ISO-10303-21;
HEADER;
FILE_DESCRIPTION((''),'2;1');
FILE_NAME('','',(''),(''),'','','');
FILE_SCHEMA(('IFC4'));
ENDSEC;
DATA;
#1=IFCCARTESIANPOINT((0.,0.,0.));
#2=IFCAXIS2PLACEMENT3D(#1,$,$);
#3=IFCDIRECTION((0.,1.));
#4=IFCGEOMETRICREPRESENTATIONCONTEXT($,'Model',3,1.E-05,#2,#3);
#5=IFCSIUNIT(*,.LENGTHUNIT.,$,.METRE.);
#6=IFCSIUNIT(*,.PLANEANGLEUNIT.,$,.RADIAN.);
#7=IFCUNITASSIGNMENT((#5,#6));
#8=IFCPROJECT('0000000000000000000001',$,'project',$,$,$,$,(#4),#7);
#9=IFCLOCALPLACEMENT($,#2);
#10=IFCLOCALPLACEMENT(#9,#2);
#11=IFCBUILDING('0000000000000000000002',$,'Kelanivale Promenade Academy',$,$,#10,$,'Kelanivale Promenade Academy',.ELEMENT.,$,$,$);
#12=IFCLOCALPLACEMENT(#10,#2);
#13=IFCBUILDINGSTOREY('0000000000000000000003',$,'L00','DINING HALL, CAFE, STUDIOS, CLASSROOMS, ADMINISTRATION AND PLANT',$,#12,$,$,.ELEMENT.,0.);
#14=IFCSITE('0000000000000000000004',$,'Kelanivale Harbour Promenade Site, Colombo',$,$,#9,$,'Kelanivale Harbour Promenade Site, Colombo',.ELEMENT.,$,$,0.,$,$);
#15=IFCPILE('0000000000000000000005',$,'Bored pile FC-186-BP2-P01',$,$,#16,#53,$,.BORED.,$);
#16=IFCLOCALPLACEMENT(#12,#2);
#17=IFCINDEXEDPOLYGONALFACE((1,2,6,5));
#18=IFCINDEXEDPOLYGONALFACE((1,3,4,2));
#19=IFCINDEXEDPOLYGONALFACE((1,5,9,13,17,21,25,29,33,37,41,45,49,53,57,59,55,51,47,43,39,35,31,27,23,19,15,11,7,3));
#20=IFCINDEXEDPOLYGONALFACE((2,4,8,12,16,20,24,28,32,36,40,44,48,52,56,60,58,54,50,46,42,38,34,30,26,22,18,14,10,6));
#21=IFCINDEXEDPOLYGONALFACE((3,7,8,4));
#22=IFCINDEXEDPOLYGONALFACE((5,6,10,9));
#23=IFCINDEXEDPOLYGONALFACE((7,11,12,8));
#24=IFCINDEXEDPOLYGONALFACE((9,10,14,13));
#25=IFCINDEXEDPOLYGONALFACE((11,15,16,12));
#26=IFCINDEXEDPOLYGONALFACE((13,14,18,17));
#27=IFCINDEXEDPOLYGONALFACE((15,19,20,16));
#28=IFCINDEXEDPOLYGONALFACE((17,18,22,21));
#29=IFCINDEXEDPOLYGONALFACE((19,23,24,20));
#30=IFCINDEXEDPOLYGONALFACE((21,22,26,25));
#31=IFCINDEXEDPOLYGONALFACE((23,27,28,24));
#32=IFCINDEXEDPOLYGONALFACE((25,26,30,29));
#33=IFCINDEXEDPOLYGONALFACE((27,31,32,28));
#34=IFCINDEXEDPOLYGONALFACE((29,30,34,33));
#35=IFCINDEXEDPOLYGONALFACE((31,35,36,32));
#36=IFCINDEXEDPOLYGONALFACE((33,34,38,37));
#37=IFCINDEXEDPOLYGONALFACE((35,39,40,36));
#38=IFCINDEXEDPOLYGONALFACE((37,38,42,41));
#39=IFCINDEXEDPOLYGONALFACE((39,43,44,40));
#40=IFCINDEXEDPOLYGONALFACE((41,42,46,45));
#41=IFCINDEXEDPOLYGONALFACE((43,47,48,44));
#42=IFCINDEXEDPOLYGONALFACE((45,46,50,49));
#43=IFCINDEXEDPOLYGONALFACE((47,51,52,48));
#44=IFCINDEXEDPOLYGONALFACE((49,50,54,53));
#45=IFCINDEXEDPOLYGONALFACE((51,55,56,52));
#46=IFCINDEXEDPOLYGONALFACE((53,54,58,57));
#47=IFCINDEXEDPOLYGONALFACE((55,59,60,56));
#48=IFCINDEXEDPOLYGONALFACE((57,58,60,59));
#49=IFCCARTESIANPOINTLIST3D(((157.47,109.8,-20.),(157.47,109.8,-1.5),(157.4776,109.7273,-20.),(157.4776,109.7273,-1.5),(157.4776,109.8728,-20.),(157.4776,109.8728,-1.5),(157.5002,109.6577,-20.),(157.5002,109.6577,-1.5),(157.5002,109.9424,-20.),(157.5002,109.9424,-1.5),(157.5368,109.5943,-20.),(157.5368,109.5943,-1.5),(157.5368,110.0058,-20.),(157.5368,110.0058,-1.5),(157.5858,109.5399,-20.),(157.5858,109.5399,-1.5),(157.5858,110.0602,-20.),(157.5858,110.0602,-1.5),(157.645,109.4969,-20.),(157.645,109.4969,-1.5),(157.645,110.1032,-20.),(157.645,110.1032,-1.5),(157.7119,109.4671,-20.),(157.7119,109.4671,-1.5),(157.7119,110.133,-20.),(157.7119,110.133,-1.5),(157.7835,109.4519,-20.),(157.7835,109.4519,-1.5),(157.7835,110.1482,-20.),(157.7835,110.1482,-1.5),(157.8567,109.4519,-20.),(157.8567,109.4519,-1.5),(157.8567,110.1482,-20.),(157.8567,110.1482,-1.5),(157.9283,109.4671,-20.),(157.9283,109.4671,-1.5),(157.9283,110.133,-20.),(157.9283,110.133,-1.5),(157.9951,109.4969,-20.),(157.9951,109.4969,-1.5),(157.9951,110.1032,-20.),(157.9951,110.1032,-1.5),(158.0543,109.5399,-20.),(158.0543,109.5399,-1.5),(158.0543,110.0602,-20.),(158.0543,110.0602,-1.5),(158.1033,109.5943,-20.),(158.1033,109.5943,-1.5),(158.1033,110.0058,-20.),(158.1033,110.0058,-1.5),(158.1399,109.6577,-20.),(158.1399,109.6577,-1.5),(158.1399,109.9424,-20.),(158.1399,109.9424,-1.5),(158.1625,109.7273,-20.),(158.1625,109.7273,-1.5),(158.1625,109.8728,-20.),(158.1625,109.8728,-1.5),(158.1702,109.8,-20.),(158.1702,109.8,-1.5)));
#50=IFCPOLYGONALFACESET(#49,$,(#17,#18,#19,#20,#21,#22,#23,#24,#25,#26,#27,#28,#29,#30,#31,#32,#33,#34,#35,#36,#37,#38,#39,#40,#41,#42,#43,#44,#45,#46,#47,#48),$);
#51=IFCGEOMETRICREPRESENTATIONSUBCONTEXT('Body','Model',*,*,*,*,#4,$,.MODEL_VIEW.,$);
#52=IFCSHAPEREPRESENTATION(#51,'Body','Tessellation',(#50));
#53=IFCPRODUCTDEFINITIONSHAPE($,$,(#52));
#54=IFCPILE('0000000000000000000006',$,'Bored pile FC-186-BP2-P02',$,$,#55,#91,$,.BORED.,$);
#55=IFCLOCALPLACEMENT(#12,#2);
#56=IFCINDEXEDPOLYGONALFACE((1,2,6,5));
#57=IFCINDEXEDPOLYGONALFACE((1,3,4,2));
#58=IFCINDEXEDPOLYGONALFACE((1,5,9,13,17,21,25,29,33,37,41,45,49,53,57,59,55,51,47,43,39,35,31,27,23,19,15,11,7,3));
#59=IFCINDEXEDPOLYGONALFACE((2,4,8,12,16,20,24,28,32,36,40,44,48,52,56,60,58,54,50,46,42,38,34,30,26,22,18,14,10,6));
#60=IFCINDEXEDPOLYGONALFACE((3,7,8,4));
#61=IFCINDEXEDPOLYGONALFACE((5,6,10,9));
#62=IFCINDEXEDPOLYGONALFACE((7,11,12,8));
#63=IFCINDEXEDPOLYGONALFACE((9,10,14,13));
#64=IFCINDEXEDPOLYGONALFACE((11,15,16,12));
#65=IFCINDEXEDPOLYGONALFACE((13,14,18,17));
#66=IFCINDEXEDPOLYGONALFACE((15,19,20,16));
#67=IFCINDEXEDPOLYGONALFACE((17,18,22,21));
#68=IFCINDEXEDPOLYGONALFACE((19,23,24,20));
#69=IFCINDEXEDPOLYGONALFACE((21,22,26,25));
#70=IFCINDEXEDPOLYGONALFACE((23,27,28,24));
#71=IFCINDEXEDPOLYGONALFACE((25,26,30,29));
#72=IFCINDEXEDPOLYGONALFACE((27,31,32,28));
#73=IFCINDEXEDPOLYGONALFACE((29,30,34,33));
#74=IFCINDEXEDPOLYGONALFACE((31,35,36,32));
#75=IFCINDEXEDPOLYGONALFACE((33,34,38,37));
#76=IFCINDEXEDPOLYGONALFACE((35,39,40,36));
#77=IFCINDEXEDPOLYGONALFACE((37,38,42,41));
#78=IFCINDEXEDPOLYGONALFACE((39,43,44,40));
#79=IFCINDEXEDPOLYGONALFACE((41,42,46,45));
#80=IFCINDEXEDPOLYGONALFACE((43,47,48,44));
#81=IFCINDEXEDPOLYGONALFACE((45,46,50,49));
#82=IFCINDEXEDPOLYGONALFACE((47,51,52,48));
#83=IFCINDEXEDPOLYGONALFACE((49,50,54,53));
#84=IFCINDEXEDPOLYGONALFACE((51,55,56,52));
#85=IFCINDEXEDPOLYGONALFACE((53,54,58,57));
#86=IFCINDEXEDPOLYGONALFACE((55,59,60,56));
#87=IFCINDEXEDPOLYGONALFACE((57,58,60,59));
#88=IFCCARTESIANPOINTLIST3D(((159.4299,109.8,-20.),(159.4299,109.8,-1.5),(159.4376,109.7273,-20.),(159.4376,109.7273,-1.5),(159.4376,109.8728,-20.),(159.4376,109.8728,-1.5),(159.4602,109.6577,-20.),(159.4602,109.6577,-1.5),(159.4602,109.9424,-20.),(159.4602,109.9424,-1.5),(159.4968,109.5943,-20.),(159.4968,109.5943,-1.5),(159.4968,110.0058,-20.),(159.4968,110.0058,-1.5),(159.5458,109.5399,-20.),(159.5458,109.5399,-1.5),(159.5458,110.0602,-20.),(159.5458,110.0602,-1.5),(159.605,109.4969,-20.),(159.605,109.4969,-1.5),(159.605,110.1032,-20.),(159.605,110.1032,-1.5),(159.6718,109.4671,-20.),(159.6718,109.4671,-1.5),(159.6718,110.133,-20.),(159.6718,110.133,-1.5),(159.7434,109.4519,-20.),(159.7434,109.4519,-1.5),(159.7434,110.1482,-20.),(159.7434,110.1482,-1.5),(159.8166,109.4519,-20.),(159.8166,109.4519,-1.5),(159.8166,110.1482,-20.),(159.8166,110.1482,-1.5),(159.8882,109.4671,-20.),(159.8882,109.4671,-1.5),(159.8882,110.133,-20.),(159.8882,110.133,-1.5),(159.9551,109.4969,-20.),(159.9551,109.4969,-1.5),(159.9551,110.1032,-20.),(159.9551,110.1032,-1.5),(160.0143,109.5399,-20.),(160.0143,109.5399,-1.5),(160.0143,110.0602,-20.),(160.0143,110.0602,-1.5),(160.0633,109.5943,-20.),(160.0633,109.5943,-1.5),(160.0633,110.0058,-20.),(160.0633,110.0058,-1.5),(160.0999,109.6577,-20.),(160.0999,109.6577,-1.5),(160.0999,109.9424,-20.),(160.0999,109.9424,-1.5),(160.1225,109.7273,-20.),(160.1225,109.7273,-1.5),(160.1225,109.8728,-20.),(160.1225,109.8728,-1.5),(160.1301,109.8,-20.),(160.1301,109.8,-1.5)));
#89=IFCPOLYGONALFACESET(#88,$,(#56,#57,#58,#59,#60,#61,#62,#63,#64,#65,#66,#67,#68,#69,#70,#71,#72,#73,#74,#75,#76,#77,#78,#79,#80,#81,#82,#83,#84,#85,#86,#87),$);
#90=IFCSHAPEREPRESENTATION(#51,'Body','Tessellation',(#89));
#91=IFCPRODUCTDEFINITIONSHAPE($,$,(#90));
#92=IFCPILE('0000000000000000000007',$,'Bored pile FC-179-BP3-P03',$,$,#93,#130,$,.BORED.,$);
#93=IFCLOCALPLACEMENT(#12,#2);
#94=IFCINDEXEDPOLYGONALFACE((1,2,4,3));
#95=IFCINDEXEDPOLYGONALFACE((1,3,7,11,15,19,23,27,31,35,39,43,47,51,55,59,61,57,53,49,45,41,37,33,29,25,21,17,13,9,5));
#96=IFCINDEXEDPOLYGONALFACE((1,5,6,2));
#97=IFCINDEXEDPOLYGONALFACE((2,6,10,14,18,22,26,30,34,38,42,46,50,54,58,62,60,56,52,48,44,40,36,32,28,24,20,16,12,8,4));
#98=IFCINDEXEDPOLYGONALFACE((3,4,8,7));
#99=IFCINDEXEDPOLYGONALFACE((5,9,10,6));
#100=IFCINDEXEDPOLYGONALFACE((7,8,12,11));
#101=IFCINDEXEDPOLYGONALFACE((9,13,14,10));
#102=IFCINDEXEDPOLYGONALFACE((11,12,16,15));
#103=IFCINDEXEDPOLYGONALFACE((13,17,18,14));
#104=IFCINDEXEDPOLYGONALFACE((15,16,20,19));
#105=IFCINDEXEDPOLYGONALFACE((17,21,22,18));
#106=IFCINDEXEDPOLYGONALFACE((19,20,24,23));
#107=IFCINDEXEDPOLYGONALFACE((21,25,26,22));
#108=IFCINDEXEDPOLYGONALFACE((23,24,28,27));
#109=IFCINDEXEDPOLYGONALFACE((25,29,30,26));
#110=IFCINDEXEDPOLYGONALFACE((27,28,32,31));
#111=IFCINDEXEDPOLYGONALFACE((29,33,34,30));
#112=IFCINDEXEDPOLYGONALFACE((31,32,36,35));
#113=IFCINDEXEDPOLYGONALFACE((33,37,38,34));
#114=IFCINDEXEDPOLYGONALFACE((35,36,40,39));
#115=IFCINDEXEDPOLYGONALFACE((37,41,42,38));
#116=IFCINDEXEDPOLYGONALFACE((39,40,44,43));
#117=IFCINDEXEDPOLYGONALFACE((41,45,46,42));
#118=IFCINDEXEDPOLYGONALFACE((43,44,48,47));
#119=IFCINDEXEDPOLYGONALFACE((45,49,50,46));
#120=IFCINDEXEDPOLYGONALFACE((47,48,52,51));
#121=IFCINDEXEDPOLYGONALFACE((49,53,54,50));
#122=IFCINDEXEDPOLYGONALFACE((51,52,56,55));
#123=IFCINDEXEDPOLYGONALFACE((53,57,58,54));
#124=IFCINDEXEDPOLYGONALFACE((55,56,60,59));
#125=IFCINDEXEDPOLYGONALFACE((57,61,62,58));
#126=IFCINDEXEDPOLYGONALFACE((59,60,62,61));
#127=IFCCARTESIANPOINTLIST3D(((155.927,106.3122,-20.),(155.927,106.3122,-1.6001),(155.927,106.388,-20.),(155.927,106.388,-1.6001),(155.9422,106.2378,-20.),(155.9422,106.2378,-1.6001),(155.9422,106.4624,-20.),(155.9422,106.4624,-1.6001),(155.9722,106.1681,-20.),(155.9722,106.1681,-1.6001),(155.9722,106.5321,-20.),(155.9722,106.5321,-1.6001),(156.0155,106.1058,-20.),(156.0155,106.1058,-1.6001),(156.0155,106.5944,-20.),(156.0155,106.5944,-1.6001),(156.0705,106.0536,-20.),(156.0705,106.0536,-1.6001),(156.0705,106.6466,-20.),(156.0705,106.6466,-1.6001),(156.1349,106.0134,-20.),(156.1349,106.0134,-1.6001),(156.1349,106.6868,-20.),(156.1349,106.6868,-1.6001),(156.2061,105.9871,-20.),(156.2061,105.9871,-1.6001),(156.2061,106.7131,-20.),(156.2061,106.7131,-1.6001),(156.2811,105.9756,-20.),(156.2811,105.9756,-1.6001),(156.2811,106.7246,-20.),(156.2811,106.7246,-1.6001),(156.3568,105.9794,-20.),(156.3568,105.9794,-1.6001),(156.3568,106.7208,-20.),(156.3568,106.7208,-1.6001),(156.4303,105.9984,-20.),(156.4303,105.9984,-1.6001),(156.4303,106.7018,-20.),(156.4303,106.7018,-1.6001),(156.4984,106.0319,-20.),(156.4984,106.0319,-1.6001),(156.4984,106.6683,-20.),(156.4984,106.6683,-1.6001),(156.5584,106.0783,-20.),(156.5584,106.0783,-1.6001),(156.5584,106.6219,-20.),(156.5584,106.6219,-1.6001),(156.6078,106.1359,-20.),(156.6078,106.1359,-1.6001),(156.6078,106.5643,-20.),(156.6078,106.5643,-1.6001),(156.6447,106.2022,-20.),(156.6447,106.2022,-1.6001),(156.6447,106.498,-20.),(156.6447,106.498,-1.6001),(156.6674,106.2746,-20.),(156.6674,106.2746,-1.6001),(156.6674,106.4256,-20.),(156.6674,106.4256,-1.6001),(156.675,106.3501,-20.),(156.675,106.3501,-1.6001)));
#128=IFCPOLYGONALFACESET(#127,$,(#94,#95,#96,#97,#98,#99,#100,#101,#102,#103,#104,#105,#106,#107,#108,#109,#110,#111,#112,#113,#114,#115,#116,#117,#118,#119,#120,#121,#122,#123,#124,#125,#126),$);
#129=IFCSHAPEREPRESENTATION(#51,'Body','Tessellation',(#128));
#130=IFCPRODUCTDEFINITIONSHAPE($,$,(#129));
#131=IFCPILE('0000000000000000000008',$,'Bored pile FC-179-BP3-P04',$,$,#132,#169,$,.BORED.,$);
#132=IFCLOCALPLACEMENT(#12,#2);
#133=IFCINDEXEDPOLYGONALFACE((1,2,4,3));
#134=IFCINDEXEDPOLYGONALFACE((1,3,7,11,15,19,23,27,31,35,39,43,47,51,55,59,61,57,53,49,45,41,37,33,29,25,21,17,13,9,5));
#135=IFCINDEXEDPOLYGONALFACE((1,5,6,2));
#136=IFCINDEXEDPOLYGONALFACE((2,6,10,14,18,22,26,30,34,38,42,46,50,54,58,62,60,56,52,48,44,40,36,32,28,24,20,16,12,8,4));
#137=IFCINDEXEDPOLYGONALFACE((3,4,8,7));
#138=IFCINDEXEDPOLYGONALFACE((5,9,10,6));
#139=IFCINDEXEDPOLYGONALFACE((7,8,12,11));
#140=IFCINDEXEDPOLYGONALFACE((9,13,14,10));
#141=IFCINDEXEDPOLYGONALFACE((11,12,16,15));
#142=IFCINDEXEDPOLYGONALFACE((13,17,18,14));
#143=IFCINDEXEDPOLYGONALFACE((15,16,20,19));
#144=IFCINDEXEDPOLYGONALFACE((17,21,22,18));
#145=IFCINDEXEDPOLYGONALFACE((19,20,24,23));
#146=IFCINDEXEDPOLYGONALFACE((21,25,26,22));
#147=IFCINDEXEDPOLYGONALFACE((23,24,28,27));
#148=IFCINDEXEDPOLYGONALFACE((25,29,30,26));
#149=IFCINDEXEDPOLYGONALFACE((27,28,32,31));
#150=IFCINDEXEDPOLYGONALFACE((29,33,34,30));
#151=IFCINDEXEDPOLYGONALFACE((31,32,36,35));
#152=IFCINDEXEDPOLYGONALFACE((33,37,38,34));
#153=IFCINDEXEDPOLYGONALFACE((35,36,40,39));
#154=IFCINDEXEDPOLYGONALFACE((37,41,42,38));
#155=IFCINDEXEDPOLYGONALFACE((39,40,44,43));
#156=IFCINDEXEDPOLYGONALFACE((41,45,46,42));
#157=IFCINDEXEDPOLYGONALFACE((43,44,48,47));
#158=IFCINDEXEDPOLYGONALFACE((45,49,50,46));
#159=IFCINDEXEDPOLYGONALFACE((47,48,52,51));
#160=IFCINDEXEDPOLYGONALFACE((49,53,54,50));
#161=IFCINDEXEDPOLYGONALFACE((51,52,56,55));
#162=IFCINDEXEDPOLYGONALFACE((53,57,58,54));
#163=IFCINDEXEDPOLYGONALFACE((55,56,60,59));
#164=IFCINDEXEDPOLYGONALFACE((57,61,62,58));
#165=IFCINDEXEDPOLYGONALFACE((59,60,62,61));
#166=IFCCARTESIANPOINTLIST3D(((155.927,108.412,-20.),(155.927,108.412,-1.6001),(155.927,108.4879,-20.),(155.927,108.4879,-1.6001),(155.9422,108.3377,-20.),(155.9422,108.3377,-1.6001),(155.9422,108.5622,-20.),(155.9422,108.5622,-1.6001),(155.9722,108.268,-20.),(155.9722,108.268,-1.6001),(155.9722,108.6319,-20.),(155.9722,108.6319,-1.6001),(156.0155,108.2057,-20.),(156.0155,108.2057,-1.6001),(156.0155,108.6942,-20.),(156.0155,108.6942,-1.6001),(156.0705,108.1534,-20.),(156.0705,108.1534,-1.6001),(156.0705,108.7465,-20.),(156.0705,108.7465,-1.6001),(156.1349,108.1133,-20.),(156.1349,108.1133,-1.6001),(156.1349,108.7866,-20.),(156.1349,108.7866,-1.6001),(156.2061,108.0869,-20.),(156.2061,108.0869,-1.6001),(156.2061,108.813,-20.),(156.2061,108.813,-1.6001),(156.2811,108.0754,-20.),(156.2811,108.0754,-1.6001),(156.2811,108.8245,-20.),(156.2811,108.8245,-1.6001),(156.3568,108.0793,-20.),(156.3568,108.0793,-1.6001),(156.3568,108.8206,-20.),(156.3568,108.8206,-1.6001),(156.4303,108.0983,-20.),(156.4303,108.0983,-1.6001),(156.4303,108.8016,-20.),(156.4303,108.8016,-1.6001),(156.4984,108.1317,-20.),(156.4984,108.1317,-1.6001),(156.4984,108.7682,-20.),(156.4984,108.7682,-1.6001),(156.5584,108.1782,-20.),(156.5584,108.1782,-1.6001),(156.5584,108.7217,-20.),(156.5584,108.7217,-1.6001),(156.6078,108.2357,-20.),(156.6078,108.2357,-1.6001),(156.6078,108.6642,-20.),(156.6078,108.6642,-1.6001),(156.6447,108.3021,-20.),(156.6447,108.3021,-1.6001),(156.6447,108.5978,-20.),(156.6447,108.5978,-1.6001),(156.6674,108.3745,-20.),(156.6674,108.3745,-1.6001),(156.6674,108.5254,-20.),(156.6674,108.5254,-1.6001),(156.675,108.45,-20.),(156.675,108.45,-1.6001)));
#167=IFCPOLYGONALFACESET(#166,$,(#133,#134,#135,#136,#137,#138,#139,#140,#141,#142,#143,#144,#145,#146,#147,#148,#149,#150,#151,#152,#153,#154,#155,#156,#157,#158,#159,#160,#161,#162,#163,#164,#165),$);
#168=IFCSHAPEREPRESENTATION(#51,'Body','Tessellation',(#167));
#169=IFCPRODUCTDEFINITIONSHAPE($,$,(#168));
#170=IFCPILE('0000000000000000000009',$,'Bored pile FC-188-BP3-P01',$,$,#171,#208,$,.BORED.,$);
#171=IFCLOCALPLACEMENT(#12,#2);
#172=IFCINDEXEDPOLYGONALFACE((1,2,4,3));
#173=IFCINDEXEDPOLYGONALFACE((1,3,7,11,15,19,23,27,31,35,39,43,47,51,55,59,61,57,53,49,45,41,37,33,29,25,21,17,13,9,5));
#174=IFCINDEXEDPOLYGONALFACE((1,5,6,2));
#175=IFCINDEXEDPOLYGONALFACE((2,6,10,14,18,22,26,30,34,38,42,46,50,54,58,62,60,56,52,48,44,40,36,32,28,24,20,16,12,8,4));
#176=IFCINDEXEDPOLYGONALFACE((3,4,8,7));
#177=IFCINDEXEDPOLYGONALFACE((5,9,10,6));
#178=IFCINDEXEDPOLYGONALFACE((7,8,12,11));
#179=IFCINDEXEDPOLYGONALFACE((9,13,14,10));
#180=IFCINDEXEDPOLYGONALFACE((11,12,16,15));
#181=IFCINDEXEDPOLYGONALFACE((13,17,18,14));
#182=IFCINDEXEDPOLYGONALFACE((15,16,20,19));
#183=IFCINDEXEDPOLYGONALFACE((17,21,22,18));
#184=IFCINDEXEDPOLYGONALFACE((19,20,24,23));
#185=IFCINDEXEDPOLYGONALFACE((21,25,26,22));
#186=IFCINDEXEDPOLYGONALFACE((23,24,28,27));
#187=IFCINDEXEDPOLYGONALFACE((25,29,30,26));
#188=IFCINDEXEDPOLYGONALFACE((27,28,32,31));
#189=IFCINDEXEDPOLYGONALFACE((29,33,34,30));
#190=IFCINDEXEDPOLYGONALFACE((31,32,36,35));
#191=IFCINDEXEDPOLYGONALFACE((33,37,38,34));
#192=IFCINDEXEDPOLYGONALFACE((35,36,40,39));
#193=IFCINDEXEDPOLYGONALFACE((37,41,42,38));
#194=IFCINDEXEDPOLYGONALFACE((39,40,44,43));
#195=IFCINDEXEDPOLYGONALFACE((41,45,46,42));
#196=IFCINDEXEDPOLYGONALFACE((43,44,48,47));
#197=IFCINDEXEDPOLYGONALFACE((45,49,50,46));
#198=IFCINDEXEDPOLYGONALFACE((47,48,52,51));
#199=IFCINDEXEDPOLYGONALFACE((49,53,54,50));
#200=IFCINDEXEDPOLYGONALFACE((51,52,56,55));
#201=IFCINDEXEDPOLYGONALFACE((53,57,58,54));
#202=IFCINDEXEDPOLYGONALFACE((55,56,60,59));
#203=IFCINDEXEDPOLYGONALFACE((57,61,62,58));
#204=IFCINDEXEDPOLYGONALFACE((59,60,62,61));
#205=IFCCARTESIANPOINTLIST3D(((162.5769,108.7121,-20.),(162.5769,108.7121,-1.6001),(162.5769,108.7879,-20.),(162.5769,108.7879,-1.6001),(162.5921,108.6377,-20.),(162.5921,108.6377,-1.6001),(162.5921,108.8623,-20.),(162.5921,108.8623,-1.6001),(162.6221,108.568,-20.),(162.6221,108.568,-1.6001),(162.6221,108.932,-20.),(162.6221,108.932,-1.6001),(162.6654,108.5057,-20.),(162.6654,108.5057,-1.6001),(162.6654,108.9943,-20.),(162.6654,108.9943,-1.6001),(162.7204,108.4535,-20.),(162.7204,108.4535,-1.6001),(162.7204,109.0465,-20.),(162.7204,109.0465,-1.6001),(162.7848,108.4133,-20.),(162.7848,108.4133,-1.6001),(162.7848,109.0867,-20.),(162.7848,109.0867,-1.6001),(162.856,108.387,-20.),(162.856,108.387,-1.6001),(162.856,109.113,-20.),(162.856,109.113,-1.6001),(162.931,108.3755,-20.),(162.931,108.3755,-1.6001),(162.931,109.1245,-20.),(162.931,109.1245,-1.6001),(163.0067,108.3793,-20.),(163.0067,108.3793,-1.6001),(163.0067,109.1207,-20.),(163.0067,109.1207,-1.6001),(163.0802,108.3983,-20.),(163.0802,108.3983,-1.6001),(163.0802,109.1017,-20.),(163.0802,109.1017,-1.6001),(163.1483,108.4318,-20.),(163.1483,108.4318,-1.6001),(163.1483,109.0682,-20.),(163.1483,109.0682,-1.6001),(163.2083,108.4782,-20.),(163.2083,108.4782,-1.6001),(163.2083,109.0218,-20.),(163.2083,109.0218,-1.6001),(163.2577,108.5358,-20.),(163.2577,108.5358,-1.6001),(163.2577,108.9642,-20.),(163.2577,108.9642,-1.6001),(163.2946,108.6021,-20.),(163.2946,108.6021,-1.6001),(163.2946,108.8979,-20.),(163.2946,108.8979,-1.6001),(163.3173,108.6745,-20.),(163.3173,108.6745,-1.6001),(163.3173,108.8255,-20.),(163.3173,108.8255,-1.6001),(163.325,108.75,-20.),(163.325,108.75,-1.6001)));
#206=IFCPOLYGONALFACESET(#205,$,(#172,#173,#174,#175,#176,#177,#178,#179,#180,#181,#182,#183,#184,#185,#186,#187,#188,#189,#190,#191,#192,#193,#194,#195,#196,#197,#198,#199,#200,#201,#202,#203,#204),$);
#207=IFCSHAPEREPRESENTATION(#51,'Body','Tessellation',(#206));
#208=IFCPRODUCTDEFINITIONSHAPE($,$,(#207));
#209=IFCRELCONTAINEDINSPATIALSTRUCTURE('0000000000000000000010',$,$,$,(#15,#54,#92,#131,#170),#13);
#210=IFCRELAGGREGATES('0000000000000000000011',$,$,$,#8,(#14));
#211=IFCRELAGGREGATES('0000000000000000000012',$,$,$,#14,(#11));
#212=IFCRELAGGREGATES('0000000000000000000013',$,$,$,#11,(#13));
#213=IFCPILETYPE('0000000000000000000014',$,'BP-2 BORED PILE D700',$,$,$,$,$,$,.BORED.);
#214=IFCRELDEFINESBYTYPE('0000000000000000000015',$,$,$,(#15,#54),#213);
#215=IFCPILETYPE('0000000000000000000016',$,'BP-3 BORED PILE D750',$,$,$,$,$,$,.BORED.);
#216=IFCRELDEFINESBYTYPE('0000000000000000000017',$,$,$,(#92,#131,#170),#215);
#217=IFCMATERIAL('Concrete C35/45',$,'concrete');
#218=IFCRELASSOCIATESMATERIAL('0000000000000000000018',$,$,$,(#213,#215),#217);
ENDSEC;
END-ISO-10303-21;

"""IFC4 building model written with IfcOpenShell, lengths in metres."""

from ifc_helpers import new_model, si_unit, direction, frame, origin, origin_2d, place, context, subcontext, project, spatial, circle, extrude, material, material_profile, profile_set, type_object, element, save


model = new_model("IFC4")

# Units and contexts
model_context = context("Model", 3, precision=1e-05, world=origin(), true_north=direction((0.0, 1.0)))
body_context = subcontext(model_context, "Body", "Model", "MODEL_VIEW")
ifc_project = project(units=[si_unit("LENGTHUNIT", "METRE"), si_unit("PLANEANGLEUNIT", "RADIAN")], contexts=[model_context])

# Site, building, storey
site_placement = place(None, origin())
site = spatial("IfcSite", under=ifc_project, at=site_placement, Name="Kelanivale Harbour Promenade Site, Colombo", LongName="Kelanivale Harbour Promenade Site, Colombo", CompositionType="ELEMENT", RefElevation=0.0)
building_placement = place(site_placement, origin())
building = spatial("IfcBuilding", under=site, at=building_placement, Name="Kelanivale Promenade Academy", LongName="Kelanivale Promenade Academy", CompositionType="ELEMENT")
storey_placement = place(building_placement, origin())
storey = spatial("IfcBuildingStorey", under=building, at=storey_placement, Name="L00", Description="DINING HALL, CAFE, STUDIOS, CLASSROOMS, ADMINISTRATION AND PLANT", CompositionType="ELEMENT", Elevation=0.0)

# Piles
ifc_material_1 = material(Name="Concrete C35/45", Category="concrete")
ifc_material_profile_1 = material_profile(ifc_material_1, circle(Radius=0.3501, at=origin_2d()), Name="BORED PILE D700")
ifc_profile_set_1 = profile_set([ifc_material_profile_1], Name="Concrete C35/45")
pile_type_1 = type_object("IfcPileType", Name="BP-2 BORED PILE D700", PredefinedType="BORED", material=ifc_profile_set_1)
for number, where, z_axis, x_axis, name in (
    (1, (157.8201, 109.8, -1.5), (0.0, 0.0, -1.0), (1.0, 0.0, 0.0), "Bored pile FC-186-BP2-P01"),
    (2, (159.78, 109.8, -1.5), (0.0, 0.0, -1.0), (1.0, 0.0, 0.0), "Bored pile FC-186-BP2-P02"),
):
    element("IfcPile", number, at=place(storey_placement, frame(where, z_axis=z_axis, x_axis=x_axis)), inside=storey, type_object=pile_type_1, Name=name, PredefinedType="BORED", context=body_context, shape_type="SweptSolid", body=[
        extrude(circle(Radius=0.3501, at=origin_2d()), origin(), (0.0, 0.0, 1.0), 18.5),
    ])
ifc_material_profile_2 = material_profile(ifc_material_1, circle(Radius=0.375, at=origin_2d()), Name="BORED PILE D750")
ifc_profile_set_2 = profile_set([ifc_material_profile_2], Name="Concrete C35/45")
pile_type_2 = type_object("IfcPileType", Name="BP-3 BORED PILE D750", PredefinedType="BORED", material=ifc_profile_set_2)
for number, where, z_axis, x_axis, name in (
    (3, (156.3, 106.3501, -1.6001), (0.0, 0.0, -1.0), (1.0, 0.0, 0.0), "Bored pile FC-179-BP3-P03"),
    (4, (156.3, 108.45, -1.6001), (0.0, 0.0, -1.0), (1.0, 0.0, 0.0), "Bored pile FC-179-BP3-P04"),
    (5, (162.95, 108.75, -1.6001), (0.0, 0.0, -1.0), (1.0, 0.0, 0.0), "Bored pile FC-188-BP3-P01"),
):
    element("IfcPile", number, at=place(storey_placement, frame(where, z_axis=z_axis, x_axis=x_axis)), inside=storey, type_object=pile_type_2, Name=name, PredefinedType="BORED", context=body_context, shape_type="SweptSolid", body=[
        extrude(circle(Radius=0.375, at=origin_2d()), origin(), (0.0, 0.0, 1.0), 18.3999),
    ])

save(model, "model.ifc")
